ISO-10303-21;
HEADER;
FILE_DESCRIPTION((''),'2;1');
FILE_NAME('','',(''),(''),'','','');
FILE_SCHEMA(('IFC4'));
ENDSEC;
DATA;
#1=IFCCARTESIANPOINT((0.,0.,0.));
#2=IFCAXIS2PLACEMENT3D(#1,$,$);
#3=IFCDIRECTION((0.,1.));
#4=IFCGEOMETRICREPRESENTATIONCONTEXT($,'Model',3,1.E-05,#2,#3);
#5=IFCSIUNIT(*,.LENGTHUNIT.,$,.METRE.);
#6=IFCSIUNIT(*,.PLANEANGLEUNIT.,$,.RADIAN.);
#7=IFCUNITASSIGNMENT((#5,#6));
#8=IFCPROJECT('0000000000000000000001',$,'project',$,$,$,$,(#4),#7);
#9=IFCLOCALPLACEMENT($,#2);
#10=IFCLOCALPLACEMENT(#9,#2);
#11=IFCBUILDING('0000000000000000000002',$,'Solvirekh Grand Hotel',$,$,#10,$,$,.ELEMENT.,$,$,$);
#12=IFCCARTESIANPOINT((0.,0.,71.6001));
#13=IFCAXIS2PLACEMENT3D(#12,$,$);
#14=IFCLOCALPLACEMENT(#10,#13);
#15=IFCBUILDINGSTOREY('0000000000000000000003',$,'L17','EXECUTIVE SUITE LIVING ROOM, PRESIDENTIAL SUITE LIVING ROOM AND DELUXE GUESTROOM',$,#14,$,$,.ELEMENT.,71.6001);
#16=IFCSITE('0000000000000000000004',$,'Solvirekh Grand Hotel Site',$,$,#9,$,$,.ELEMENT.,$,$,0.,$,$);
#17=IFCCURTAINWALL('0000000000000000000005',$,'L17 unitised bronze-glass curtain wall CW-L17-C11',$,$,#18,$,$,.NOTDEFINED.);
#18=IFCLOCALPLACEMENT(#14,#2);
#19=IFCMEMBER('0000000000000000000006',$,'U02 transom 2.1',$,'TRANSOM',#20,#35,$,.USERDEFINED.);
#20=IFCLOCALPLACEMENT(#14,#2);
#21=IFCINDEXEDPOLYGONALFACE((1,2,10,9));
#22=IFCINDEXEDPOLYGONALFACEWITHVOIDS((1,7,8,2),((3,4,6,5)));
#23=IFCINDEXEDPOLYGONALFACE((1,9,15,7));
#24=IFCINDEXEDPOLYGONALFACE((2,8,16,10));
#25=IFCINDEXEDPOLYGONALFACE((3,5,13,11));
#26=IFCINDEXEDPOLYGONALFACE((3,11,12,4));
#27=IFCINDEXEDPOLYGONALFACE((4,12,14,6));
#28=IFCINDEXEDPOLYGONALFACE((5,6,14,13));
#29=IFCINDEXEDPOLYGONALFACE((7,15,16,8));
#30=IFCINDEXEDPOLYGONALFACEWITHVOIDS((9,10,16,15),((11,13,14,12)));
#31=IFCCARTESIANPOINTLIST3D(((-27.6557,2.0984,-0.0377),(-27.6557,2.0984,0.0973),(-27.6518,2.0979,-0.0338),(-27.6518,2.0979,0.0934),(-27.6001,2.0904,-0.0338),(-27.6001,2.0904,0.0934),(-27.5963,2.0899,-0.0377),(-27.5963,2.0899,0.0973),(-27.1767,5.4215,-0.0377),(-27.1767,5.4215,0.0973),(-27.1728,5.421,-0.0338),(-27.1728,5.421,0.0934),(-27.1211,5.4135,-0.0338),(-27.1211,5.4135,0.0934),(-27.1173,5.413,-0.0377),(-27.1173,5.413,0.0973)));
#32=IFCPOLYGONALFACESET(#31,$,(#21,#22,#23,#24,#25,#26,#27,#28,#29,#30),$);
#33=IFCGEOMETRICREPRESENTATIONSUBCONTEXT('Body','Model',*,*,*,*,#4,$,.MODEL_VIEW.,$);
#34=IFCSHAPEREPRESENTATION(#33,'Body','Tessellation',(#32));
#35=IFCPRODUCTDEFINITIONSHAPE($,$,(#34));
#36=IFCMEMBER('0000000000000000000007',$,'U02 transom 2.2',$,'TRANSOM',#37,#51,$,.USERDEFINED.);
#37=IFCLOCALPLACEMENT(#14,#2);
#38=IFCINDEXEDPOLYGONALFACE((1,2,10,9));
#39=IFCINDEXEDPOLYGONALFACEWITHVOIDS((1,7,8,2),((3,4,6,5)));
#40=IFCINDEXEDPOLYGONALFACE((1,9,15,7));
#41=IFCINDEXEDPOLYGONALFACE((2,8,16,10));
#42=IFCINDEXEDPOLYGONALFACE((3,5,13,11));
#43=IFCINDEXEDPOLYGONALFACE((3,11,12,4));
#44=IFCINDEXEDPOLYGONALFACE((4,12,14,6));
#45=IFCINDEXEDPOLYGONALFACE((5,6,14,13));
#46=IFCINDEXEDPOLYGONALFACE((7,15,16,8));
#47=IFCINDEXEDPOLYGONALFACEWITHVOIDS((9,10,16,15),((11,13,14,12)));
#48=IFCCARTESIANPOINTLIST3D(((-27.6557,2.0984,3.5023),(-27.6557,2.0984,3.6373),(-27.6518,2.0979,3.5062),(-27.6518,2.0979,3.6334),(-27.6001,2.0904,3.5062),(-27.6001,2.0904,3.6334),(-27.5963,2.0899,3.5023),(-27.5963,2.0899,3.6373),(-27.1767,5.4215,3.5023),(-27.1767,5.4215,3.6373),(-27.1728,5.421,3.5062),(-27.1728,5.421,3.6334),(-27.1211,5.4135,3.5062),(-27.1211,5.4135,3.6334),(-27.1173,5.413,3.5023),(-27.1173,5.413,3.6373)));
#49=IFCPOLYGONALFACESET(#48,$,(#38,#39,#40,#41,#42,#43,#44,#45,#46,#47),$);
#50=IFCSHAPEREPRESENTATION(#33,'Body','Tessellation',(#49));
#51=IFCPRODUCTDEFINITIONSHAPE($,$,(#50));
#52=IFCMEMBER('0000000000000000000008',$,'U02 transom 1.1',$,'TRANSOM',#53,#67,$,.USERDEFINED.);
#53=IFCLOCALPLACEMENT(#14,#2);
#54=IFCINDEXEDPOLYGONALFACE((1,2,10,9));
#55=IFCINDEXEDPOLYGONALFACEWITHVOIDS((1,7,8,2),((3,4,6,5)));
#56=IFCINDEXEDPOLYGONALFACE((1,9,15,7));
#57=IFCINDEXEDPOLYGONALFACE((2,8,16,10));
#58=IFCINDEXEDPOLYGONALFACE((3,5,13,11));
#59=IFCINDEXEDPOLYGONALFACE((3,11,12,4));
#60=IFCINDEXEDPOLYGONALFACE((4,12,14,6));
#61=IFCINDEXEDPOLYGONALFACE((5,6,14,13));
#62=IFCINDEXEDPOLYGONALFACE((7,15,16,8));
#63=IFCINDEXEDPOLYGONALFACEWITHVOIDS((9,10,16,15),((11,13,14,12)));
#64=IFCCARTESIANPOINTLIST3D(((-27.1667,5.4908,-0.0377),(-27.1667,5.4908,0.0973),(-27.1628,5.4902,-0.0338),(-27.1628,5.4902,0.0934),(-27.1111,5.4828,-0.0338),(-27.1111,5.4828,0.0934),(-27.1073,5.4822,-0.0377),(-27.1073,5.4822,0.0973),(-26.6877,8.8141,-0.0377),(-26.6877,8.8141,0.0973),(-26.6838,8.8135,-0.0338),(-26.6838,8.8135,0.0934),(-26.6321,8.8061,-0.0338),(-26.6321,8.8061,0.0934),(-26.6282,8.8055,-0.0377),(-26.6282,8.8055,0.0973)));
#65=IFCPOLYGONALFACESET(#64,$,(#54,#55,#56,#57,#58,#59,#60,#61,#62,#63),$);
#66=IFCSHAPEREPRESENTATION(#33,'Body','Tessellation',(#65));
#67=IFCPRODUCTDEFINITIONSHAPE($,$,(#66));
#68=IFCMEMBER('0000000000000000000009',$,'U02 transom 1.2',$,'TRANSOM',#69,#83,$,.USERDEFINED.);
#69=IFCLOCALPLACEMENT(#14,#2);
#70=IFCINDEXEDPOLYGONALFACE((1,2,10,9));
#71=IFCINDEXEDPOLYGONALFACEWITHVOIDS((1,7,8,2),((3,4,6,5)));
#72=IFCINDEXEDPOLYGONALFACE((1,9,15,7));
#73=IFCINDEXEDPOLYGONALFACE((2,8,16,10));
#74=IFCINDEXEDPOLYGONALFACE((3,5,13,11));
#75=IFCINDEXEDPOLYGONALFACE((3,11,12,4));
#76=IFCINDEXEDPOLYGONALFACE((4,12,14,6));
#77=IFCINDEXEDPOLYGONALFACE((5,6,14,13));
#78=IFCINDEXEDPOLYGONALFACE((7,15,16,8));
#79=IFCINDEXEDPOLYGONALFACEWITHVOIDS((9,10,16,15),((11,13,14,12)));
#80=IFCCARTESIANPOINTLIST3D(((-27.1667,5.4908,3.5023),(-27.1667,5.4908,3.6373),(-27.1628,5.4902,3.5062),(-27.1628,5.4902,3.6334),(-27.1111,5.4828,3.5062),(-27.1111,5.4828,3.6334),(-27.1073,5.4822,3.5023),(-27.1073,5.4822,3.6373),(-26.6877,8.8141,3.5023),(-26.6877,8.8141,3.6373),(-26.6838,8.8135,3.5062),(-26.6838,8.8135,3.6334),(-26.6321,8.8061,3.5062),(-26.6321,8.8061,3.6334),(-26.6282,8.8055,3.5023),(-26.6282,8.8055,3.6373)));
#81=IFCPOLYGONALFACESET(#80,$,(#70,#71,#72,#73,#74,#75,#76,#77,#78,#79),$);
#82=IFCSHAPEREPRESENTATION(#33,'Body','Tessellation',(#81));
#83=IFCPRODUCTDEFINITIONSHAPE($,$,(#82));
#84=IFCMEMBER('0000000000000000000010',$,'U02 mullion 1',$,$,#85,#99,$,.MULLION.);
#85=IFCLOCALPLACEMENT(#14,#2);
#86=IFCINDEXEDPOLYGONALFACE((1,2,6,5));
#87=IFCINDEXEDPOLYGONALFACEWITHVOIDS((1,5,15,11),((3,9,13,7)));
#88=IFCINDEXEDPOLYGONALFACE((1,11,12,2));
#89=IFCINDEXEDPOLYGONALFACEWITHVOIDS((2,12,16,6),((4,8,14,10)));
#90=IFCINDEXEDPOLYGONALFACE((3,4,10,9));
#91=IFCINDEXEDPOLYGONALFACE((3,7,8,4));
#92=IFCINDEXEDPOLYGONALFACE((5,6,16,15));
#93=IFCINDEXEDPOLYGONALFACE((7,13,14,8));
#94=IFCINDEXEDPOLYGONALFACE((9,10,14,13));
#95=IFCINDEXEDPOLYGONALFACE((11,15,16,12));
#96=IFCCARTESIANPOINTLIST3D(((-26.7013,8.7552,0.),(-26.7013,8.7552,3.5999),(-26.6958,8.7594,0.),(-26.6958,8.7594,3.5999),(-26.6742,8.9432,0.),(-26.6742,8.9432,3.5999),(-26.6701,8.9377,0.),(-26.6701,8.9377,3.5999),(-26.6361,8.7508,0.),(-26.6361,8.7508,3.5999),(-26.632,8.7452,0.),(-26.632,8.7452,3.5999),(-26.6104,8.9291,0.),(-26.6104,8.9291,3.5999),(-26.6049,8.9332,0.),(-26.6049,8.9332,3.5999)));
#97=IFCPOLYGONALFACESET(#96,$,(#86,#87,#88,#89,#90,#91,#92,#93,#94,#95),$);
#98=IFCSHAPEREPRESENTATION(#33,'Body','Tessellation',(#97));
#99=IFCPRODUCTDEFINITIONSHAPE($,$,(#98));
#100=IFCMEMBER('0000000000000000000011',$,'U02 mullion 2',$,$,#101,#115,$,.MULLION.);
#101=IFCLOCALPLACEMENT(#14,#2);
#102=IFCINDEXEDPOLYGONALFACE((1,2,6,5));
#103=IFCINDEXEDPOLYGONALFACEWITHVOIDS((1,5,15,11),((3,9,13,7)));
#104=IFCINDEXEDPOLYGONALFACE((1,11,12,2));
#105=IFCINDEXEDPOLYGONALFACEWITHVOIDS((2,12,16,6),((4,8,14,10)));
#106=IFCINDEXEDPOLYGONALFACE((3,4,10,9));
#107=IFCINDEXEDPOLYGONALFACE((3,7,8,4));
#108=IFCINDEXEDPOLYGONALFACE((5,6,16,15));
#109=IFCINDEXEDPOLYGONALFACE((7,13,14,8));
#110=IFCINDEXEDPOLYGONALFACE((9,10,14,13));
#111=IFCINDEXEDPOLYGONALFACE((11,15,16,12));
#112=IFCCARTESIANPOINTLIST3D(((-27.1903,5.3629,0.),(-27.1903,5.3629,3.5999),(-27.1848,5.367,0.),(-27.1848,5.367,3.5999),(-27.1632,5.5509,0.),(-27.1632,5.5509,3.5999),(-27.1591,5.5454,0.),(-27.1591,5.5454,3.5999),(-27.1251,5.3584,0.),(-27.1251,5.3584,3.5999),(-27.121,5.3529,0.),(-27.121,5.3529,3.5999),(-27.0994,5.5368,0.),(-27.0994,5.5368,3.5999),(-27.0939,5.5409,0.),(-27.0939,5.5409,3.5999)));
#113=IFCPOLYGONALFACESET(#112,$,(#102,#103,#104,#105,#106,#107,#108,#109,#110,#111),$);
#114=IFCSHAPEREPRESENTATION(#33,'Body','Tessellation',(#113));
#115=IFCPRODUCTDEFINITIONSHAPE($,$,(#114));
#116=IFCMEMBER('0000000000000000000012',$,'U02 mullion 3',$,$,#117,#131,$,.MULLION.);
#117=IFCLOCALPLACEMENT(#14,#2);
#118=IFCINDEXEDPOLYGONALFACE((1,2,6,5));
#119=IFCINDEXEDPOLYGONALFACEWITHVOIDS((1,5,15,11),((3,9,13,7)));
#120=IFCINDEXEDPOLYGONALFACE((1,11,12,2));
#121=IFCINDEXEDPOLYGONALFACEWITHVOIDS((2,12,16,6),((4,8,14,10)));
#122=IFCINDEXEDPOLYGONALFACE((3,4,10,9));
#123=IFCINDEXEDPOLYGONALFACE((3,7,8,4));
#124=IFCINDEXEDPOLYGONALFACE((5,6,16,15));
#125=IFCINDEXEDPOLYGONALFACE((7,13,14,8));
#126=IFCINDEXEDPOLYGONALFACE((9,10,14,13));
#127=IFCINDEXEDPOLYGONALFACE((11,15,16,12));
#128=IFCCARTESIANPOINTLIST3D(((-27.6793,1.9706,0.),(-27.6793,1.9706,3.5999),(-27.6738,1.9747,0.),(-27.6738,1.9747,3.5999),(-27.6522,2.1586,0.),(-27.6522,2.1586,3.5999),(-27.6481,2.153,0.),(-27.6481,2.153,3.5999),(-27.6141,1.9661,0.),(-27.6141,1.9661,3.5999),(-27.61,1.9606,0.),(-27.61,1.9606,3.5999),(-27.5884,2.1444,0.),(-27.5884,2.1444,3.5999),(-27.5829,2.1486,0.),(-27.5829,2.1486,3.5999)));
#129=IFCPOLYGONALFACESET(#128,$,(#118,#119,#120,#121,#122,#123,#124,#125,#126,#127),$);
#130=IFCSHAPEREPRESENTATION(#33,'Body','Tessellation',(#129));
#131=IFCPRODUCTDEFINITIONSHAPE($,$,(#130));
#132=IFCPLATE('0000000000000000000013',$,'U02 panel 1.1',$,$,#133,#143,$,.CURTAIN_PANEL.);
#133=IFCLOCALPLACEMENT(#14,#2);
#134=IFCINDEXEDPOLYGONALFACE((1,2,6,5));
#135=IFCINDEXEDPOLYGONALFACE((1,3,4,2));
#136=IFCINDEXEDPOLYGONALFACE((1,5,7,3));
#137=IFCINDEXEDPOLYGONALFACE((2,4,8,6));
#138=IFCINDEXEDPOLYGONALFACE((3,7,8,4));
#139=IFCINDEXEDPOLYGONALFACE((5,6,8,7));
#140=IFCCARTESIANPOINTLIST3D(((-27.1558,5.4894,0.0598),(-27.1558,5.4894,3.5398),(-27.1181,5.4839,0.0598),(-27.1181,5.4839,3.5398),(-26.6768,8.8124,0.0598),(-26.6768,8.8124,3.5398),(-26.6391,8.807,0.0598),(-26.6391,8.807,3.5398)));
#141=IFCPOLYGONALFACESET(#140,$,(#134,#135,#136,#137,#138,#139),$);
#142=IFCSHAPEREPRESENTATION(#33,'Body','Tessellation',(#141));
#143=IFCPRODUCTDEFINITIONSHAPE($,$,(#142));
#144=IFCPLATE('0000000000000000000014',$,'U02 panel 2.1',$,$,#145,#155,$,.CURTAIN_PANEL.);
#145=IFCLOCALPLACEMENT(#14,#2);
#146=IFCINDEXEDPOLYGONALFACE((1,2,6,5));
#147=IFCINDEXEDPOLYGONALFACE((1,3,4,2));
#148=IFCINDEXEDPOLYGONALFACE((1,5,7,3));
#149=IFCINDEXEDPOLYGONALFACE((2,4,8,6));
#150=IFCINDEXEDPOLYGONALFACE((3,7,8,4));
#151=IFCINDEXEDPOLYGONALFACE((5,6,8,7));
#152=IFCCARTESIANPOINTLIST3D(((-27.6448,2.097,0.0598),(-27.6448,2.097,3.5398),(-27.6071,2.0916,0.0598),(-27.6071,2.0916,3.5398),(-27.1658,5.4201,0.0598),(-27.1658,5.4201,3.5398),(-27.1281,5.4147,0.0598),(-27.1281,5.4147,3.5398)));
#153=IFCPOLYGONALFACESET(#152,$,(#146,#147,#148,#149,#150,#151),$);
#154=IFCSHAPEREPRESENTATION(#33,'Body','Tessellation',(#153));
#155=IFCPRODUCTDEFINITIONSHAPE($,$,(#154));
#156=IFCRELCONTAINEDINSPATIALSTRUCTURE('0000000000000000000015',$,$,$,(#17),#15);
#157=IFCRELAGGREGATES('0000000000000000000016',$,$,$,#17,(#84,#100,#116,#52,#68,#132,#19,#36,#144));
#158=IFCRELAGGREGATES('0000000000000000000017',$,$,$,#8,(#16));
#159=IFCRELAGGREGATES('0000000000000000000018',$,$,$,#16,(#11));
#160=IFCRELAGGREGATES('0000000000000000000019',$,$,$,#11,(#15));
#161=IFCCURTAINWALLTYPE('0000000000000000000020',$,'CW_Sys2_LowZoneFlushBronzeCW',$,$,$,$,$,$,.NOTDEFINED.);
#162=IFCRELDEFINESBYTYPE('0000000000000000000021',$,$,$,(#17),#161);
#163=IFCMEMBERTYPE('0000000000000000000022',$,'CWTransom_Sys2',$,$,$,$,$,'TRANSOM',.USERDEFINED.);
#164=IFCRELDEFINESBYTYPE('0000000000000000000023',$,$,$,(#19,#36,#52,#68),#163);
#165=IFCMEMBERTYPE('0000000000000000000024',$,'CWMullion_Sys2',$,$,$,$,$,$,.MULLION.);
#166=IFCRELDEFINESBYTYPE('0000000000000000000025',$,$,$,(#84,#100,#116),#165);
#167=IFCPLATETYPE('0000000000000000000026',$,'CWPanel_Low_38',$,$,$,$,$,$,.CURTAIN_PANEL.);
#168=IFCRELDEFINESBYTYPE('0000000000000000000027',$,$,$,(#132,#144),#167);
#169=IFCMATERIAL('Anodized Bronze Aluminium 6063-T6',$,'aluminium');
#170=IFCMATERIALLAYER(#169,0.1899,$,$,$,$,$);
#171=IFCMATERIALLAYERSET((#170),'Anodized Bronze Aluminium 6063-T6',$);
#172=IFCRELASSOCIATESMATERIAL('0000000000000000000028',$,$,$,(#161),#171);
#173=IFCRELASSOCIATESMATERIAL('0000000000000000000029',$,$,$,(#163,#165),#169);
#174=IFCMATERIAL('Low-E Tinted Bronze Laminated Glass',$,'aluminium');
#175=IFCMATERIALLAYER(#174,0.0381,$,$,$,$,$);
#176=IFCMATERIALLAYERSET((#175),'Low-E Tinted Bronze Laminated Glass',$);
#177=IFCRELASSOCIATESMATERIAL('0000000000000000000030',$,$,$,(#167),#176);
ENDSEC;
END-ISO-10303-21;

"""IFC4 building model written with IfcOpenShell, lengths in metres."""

from ifc_helpers import new_model, si_unit, direction, frame, origin, origin_2d, place, context, subcontext, project, spatial, rectangle, hollow_rectangle, extrude, source, transform, mapped, material, layer, layer_set, material_profile, profile_set, type_object, element, aggregate, save


model = new_model("IFC4")

# Units and contexts
model_context = context("Model", 3, precision=1e-05, world=origin(), true_north=direction((0.0, 1.0)))
body_context = subcontext(model_context, "Body", "Model", "MODEL_VIEW")
ifc_project = project(units=[si_unit("LENGTHUNIT", "METRE"), si_unit("PLANEANGLEUNIT", "RADIAN")], contexts=[model_context])

# Site, building, storey
site_placement = place(None, origin())
site = spatial("IfcSite", under=ifc_project, at=site_placement, Name="Solvirekh Grand Hotel Site", CompositionType="ELEMENT", RefElevation=0.0)
building_placement = place(site_placement, origin())
building = spatial("IfcBuilding", under=site, at=building_placement, Name="Solvirekh Grand Hotel", CompositionType="ELEMENT")
storey_placement = place(building_placement, frame((0.0, 0.0, 71.6001)))
storey = spatial("IfcBuildingStorey", under=building, at=storey_placement, Name="L17", Description="EXECUTIVE SUITE LIVING ROOM, PRESIDENTIAL SUITE LIVING ROOM AND DELUXE GUESTROOM", CompositionType="ELEMENT", Elevation=71.6001)

# Curtain wall, members, plates
ifc_material_1 = material(Name="Anodized Bronze Aluminium 6063-T6", Category="aluminium")
ifc_layer_1 = layer(ifc_material_1, 0.1899)
ifc_layer_set_1 = layer_set([ifc_layer_1], Name="Anodized Bronze Aluminium 6063-T6")
curtain_wall_type = type_object("IfcCurtainWallType", Name="CW_Sys2_LowZoneFlushBronzeCW", PredefinedType="NOTDEFINED", material=ifc_layer_set_1)
curtain_wall_placement = place(storey_placement, origin())
curtain_wall = element("IfcCurtainWall", 1, at=curtain_wall_placement, inside=storey, type_object=curtain_wall_type, Name="L17 unitised bronze-glass curtain wall CW-L17-C11", PredefinedType="NOTDEFINED")
ifc_material_profile_1 = material_profile(ifc_material_1, hollow_rectangle(XDim=0.0601, YDim=0.135, WallThickness=0.0039, at=origin_2d()), Name="ALU RHS 135X60X4")
ifc_profile_set_1 = profile_set([ifc_material_profile_1], Name="Anodized Bronze Aluminium 6063-T6")
member_type_1 = type_object("IfcMemberType", Name="CWTransom_Sys2", ElementType="TRANSOM", PredefinedType="USERDEFINED", material=ifc_profile_set_1)
shared_shape_1 = source(origin(), body_context, "Body", "SweptSolid", [
    extrude(hollow_rectangle(XDim=0.0601, YDim=0.135, WallThickness=0.0039, at=origin_2d()), origin(), (0.0, 0.0, 1.0), 3.3574),
])
member_1_placement = place(storey_placement, frame((-27.147, 5.4172, 0.0298), z_axis=(-0.142673, -0.98977, 0.0), x_axis=(0.98977, -0.142673, 0.0)))
member_1 = element("IfcMember", 2, at=member_1_placement, type_object=member_type_1, Name="U02 transom 2.1", ObjectType="TRANSOM", PredefinedType="USERDEFINED", context=body_context, shape_type="MappedRepresentation", body=[
    mapped(shared_shape_1, transform((0.0, 0.0, 0.0), x_axis=(1.0, 0.0, 0.0), y_axis=(0.0, 1.0, 0.0), z_axis=(0.0, 0.0, 1.0), scale=1.0)),
])
member_2_placement = place(storey_placement, frame((-27.147, 5.4172, 3.5698), z_axis=(-0.142673, -0.98977, 0.0), x_axis=(0.98977, -0.142673, 0.0)))
member_2 = element("IfcMember", 3, at=member_2_placement, type_object=member_type_1, Name="U02 transom 2.2", ObjectType="TRANSOM", PredefinedType="USERDEFINED", context=body_context, shape_type="MappedRepresentation", body=[
    mapped(shared_shape_1, transform((0.0, 0.0, 0.0), x_axis=(1.0, 0.0, 0.0), y_axis=(0.0, 1.0, 0.0), z_axis=(0.0, 0.0, 1.0), scale=1.0)),
])
shared_shape_2 = source(origin(), body_context, "Body", "SweptSolid", [
    extrude(hollow_rectangle(XDim=0.0601, YDim=0.135, WallThickness=0.0039, at=origin_2d()), origin(), (0.0, 0.0, 1.0), 3.3577),
])
member_3_placement = place(storey_placement, frame((-26.658, 8.8098, 0.0298), z_axis=(-0.142663, -0.989771, 0.0), x_axis=(0.989771, -0.142663, 0.0)))
member_3 = element("IfcMember", 4, at=member_3_placement, type_object=member_type_1, Name="U02 transom 1.1", ObjectType="TRANSOM", PredefinedType="USERDEFINED", context=body_context, shape_type="MappedRepresentation", body=[
    mapped(shared_shape_2, transform((0.0, 0.0, 0.0), x_axis=(1.0, 0.0, 0.0), y_axis=(0.0, 1.0, 0.0), z_axis=(0.0, 0.0, 1.0), scale=1.0)),
])
member_4_placement = place(storey_placement, frame((-26.658, 8.8098, 3.5698), z_axis=(-0.142663, -0.989771, 0.0), x_axis=(0.989771, -0.142663, 0.0)))
member_4 = element("IfcMember", 5, at=member_4_placement, type_object=member_type_1, Name="U02 transom 1.2", ObjectType="TRANSOM", PredefinedType="USERDEFINED", context=body_context, shape_type="MappedRepresentation", body=[
    mapped(shared_shape_2, transform((0.0, 0.0, 0.0), x_axis=(1.0, 0.0, 0.0), y_axis=(0.0, 1.0, 0.0), z_axis=(0.0, 0.0, 1.0), scale=1.0)),
])
ifc_material_profile_2 = material_profile(ifc_material_1, hollow_rectangle(XDim=0.0701, YDim=0.1899, WallThickness=0.0049, at=origin_2d()), Name="ALU RHS 190X70X5")
ifc_profile_set_2 = profile_set([ifc_material_profile_2], Name="Anodized Bronze Aluminium 6063-T6")
member_type_2 = type_object("IfcMemberType", Name="CWMullion_Sys2", PredefinedType="MULLION", material=ifc_profile_set_2)
shared_shape_3 = source(origin(), body_context, "Body", "SweptSolid", [
    extrude(hollow_rectangle(XDim=0.0701, YDim=0.1899, WallThickness=0.0049, at=origin_2d()), origin(), (0.0, 0.0, 1.0), 3.5999),
])
member_5_placement = place(storey_placement, frame((-26.6531, 8.8442, 0.0), z_axis=(0.0, 0.0, 1.0), x_axis=(0.98977, -0.142675, 0.0)))
member_5 = element("IfcMember", 6, at=member_5_placement, type_object=member_type_2, Name="U02 mullion 1", PredefinedType="MULLION", context=body_context, shape_type="MappedRepresentation", body=[
    mapped(shared_shape_3, transform((0.0, 0.0, 0.0), x_axis=(1.0, 0.0, 0.0), y_axis=(0.0, 1.0, 0.0), z_axis=(0.0, 0.0, 1.0), scale=1.0)),
])
member_6_placement = place(storey_placement, frame((-27.1421, 5.4519, 0.0), z_axis=(0.0, 0.0, 1.0), x_axis=(0.98977, -0.142675, 0.0)))
member_6 = element("IfcMember", 7, at=member_6_placement, type_object=member_type_2, Name="U02 mullion 2", PredefinedType="MULLION", context=body_context, shape_type="MappedRepresentation", body=[
    mapped(shared_shape_3, transform((0.0, 0.0, 0.0), x_axis=(1.0, 0.0, 0.0), y_axis=(0.0, 1.0, 0.0), z_axis=(0.0, 0.0, 1.0), scale=1.0)),
])
member_7_placement = place(storey_placement, frame((-27.6311, 2.0596, 0.0), z_axis=(0.0, 0.0, 1.0), x_axis=(0.98977, -0.142675, 0.0)))
member_7 = element("IfcMember", 8, at=member_7_placement, type_object=member_type_2, Name="U02 mullion 3", PredefinedType="MULLION", context=body_context, shape_type="MappedRepresentation", body=[
    mapped(shared_shape_3, transform((0.0, 0.0, 0.0), x_axis=(1.0, 0.0, 0.0), y_axis=(0.0, 1.0, 0.0), z_axis=(0.0, 0.0, 1.0), scale=1.0)),
])
ifc_material_2 = material(Name="Low-E Tinted Bronze Laminated Glass", Category="aluminium")
ifc_layer_2 = layer(ifc_material_2, 0.0381)
ifc_layer_set_2 = layer_set([ifc_layer_2], Name="Low-E Tinted Bronze Laminated Glass")
plate_type = type_object("IfcPlateType", Name="CWPanel_Low_38", PredefinedType="CURTAIN_PANEL", material=ifc_layer_set_2)
shared_shape_4 = source(origin(), body_context, "Body", "SweptSolid", [
    extrude(rectangle(XDim=3.3574, YDim=0.0381, at=origin_2d()), origin(), (0.0, 0.0, 1.0), 3.48),
])
plate_1_placement = place(storey_placement, frame((-26.8975, 7.1482, 0.0598), z_axis=(0.0, 0.0, 1.0), x_axis=(-0.142675, -0.98977, 0.0)))
plate_1 = element("IfcPlate", 9, at=plate_1_placement, type_object=plate_type, Name="U02 panel 1.1", PredefinedType="CURTAIN_PANEL", context=body_context, shape_type="MappedRepresentation", body=[
    mapped(shared_shape_4, transform((0.0, 0.0, 0.0), x_axis=(1.0, 0.0, 0.0), y_axis=(0.0, 1.0, 0.0), z_axis=(0.0, 0.0, 1.0), scale=1.0)),
])
plate_2_placement = place(storey_placement, frame((-27.3865, 3.7559, 0.0598), z_axis=(0.0, 0.0, 1.0), x_axis=(-0.142675, -0.98977, 0.0)))
plate_2 = element("IfcPlate", 10, at=plate_2_placement, type_object=plate_type, Name="U02 panel 2.1", PredefinedType="CURTAIN_PANEL", context=body_context, shape_type="MappedRepresentation", body=[
    mapped(shared_shape_4, transform((0.0, 0.0, 0.0), x_axis=(1.0, 0.0, 0.0), y_axis=(0.0, 1.0, 0.0), z_axis=(0.0, 0.0, 1.0), scale=1.0)),
])
aggregate(curtain_wall, [member_5, member_6, member_7, member_3, member_4, plate_1, member_1, member_2, plate_2])

save(model, "model.ifc")
